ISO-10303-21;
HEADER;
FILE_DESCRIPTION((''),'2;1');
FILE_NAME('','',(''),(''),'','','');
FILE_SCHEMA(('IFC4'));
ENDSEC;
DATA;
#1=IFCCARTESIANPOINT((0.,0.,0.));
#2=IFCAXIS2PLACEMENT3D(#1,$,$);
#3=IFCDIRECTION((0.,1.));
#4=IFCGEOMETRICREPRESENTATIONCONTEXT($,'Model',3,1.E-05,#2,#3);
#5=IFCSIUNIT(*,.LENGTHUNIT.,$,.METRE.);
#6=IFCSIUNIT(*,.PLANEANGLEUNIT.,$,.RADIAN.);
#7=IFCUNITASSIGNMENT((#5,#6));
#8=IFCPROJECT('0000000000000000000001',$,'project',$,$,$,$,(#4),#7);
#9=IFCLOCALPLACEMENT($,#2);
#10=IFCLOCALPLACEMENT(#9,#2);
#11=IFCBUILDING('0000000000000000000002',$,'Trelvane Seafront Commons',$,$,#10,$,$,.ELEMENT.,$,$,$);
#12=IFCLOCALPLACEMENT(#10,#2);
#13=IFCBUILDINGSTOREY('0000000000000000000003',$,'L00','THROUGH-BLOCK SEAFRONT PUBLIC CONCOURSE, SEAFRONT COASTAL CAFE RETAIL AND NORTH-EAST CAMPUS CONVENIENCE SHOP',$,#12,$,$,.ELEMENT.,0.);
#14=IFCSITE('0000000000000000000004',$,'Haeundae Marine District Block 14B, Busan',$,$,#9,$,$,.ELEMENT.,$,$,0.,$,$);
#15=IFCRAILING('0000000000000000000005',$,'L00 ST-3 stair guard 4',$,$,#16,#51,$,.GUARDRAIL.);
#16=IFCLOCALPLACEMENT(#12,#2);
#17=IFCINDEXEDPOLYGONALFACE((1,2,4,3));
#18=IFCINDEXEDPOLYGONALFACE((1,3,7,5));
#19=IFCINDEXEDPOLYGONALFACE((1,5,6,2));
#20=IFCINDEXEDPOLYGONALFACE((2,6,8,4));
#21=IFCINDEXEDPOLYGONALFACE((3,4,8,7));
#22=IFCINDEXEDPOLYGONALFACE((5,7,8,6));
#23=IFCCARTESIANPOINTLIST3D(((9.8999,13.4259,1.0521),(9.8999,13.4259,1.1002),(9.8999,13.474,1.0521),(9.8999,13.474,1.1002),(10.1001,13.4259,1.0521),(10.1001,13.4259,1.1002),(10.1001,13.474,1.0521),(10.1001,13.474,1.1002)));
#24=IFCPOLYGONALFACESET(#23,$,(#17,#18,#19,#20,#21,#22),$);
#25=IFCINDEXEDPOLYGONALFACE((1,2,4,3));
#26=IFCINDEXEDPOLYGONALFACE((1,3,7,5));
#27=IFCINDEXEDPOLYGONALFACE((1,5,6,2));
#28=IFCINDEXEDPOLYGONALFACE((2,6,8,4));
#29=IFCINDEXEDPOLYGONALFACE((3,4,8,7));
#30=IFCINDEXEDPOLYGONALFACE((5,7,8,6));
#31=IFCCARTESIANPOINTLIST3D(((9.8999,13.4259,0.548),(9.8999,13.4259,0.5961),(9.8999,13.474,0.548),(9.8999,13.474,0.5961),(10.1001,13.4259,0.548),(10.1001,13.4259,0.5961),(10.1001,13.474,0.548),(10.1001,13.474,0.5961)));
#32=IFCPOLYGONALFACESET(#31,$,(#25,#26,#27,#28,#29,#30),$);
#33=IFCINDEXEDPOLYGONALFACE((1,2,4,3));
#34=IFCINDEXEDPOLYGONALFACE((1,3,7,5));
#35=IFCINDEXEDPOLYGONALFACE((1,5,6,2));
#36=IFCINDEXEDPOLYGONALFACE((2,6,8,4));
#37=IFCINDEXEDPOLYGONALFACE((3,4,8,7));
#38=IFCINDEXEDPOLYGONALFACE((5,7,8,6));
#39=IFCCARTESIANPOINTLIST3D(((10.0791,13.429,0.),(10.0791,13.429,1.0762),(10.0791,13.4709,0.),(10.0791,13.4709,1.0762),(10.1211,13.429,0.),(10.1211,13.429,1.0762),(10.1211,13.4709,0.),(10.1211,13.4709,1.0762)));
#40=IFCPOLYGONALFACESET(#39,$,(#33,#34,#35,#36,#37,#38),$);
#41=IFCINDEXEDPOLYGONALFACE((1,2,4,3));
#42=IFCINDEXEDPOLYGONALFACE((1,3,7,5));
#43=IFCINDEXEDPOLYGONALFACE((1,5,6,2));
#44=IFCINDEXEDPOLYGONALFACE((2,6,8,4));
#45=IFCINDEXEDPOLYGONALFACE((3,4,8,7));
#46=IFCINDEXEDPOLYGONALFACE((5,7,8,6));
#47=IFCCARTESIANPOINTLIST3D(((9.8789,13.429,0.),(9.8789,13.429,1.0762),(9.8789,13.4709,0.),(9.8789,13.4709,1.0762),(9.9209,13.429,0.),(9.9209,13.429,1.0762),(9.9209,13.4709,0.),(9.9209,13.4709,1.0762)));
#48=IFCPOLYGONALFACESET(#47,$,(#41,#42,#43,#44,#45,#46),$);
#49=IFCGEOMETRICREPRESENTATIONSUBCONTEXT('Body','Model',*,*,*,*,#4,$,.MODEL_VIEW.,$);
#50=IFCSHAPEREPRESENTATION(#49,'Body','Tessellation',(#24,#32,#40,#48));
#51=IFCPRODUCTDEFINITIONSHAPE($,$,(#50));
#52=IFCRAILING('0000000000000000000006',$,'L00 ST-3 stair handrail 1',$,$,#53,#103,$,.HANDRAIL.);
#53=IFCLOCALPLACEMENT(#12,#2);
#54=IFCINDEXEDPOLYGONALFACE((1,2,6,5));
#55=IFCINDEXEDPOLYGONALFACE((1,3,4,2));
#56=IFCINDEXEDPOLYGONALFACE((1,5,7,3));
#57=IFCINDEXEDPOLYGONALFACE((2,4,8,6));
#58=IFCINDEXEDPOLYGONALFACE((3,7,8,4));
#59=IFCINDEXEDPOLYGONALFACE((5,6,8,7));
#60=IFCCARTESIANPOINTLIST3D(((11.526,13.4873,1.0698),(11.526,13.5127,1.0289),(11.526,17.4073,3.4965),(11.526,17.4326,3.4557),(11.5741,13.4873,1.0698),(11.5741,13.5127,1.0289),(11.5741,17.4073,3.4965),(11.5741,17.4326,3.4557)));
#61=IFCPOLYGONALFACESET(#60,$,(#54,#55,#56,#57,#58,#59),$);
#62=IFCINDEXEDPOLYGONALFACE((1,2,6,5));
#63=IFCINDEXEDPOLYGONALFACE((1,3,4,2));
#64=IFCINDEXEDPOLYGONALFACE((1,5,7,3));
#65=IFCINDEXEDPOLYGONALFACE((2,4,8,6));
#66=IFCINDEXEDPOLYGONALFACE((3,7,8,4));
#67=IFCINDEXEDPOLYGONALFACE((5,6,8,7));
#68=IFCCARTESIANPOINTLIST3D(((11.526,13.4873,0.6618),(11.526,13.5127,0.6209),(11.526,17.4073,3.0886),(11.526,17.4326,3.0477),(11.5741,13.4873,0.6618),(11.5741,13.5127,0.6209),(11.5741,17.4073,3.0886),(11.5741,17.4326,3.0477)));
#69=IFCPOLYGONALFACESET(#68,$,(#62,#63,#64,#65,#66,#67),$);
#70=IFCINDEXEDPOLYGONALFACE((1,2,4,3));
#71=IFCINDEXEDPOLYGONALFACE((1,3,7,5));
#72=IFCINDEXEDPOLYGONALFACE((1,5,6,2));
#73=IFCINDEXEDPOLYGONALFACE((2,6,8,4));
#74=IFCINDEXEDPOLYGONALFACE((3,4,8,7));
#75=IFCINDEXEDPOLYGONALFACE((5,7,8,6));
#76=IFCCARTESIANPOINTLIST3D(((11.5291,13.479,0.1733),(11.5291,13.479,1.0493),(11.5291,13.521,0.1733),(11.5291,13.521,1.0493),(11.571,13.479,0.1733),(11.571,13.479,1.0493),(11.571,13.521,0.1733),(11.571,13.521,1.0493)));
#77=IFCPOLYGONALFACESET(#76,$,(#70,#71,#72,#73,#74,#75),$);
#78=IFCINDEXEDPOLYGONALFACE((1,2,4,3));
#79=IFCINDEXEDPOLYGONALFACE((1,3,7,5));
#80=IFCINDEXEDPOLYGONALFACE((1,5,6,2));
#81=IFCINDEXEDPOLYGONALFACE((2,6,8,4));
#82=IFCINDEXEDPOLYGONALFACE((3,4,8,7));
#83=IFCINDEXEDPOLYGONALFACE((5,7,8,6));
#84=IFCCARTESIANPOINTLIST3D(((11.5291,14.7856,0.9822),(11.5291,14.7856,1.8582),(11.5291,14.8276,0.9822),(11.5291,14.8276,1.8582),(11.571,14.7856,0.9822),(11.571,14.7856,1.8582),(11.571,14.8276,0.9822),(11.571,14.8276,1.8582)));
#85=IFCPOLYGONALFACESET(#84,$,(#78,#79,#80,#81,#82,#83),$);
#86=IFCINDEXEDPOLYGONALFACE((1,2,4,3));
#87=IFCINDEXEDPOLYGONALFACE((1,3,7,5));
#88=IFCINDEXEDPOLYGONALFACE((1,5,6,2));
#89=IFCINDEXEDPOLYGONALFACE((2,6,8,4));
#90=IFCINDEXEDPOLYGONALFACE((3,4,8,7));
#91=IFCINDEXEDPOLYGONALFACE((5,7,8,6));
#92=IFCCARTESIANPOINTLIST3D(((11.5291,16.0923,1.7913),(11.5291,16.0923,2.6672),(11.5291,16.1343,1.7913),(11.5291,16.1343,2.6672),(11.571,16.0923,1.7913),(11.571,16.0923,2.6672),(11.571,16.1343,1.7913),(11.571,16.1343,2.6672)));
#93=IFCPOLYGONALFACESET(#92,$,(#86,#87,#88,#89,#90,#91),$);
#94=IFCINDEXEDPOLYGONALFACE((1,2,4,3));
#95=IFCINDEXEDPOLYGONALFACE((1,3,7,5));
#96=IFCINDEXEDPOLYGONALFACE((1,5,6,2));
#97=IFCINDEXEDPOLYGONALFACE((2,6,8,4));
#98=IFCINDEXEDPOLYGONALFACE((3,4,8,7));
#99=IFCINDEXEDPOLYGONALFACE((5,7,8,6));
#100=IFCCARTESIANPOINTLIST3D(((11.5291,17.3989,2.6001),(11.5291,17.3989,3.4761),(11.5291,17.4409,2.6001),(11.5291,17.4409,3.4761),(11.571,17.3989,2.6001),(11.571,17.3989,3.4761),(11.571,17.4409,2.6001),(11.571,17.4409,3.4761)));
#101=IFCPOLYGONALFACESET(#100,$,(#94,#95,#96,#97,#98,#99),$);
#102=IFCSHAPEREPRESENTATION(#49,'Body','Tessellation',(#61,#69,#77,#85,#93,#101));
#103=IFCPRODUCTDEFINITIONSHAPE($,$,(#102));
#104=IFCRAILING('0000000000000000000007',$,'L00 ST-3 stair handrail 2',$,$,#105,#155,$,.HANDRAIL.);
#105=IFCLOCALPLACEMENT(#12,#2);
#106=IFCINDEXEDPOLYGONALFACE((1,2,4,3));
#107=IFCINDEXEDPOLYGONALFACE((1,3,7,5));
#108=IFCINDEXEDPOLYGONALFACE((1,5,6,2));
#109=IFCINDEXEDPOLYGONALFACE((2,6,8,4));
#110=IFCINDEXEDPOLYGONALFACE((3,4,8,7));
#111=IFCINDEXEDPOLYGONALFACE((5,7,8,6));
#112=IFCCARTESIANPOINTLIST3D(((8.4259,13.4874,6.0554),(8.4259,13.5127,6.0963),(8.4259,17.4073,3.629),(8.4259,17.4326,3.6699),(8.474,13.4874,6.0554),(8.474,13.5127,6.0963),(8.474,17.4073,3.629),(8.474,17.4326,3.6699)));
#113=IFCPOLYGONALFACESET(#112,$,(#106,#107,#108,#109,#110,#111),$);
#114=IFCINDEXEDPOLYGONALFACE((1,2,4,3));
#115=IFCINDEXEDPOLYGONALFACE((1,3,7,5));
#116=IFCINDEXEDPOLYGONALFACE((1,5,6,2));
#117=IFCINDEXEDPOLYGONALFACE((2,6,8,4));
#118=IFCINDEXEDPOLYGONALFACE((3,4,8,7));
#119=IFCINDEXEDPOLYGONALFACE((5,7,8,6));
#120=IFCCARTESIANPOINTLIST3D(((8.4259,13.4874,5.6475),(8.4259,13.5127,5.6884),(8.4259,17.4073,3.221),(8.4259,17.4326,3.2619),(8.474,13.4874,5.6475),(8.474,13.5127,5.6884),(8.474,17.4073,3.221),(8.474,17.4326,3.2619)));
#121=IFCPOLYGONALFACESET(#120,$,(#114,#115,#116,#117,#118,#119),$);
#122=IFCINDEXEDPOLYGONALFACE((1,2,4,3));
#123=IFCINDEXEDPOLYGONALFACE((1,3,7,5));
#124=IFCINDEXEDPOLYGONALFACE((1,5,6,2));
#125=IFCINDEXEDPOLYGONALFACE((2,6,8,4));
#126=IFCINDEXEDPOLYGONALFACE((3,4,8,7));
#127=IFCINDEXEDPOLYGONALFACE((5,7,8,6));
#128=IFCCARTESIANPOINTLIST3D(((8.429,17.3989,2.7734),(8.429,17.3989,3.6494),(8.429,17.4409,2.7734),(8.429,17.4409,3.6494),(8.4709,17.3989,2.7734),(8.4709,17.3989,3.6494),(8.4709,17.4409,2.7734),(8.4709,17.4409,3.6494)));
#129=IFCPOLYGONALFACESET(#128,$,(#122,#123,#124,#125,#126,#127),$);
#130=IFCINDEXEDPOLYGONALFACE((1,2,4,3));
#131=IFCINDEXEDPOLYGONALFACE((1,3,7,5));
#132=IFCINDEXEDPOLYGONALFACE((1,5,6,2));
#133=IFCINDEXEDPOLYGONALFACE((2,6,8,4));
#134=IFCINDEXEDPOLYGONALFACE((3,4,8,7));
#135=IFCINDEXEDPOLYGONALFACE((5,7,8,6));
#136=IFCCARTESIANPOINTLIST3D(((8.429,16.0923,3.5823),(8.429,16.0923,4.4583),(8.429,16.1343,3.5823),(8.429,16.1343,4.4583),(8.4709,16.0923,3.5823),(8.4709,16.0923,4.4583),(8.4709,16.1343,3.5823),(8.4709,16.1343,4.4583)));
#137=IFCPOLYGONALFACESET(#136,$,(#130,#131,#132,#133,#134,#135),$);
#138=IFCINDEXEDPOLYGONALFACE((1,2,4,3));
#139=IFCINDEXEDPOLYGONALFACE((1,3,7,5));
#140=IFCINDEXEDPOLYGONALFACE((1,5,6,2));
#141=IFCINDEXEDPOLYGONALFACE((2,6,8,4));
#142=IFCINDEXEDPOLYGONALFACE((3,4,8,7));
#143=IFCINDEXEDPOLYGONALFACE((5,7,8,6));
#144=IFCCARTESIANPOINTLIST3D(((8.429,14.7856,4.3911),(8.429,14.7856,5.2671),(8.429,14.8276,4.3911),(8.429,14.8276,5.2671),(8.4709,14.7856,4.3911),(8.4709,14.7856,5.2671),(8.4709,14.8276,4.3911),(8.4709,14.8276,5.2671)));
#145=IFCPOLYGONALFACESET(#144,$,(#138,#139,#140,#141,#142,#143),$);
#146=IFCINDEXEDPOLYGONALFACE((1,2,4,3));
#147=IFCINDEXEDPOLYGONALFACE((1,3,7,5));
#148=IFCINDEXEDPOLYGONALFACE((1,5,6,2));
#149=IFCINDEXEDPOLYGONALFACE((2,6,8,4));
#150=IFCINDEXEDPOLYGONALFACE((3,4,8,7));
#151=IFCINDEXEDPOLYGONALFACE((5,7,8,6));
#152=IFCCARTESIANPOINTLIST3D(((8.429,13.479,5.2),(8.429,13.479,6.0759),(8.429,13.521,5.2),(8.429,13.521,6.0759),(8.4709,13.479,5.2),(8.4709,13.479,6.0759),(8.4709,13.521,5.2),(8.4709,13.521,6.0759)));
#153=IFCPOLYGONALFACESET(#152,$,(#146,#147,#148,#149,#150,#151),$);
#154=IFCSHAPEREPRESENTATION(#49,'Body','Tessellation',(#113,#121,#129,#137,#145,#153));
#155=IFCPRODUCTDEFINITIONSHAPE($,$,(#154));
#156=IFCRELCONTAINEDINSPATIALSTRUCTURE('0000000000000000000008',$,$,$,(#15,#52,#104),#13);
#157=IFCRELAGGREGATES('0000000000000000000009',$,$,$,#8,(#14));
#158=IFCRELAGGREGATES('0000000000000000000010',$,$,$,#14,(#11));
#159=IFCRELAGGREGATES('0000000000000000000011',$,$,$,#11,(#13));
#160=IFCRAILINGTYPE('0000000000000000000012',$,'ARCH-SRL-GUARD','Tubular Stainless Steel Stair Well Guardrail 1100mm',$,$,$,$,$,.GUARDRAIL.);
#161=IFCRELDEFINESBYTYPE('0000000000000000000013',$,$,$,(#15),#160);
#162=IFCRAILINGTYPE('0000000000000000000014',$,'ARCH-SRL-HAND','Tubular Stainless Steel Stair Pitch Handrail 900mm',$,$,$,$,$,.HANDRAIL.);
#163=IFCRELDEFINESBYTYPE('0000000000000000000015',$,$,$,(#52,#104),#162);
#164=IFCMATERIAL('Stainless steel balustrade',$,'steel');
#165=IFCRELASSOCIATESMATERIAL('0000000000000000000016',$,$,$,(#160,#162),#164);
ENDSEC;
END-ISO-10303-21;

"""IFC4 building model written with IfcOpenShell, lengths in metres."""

from ifc_helpers import new_model, si_unit, direction, frame, origin, origin_2d, place, context, subcontext, project, spatial, rectangle, extrude, material, type_object, element, save


model = new_model("IFC4")

# Units and contexts
model_context = context("Model", 3, precision=1e-05, world=origin(), true_north=direction((0.0, 1.0)))
body_context = subcontext(model_context, "Body", "Model", "MODEL_VIEW")
ifc_project = project(units=[si_unit("LENGTHUNIT", "METRE"), si_unit("PLANEANGLEUNIT", "RADIAN")], contexts=[model_context])

# Site, building, storey
site_placement = place(None, origin())
site = spatial("IfcSite", under=ifc_project, at=site_placement, Name="Haeundae Marine District Block 14B, Busan", CompositionType="ELEMENT", RefElevation=0.0)
building_placement = place(site_placement, origin())
building = spatial("IfcBuilding", under=site, at=building_placement, Name="Trelvane Seafront Commons", CompositionType="ELEMENT")
storey_placement = place(building_placement, origin())
storey = spatial("IfcBuildingStorey", under=building, at=storey_placement, Name="L00", Description="THROUGH-BLOCK SEAFRONT PUBLIC CONCOURSE, SEAFRONT COASTAL CAFE RETAIL AND NORTH-EAST CAMPUS CONVENIENCE SHOP", CompositionType="ELEMENT", Elevation=0.0)

# Railings
ifc_material_1 = material(Name="Stainless steel balustrade", Category="steel")
railing_type_1 = type_object("IfcRailingType", Name="ARCH-SRL-GUARD", Description="Tubular Stainless Steel Stair Well Guardrail 1100mm", PredefinedType="GUARDRAIL", material=ifc_material_1)
railing_1_placement = place(storey_placement, frame((10.1001, 13.45, 0.0)))
element("IfcRailing", 1, at=railing_1_placement, inside=storey, type_object=railing_type_1, Name="L00 ST-3 stair guard 4", PredefinedType="GUARDRAIL", context=body_context, shape_type="SweptSolid", body=[
    extrude(rectangle(XDim=0.0481, YDim=0.0481, at=origin_2d()), frame((0.0, 0.0, 1.0762), z_axis=(-1.0, 0.0, 0.0), x_axis=(0.0, -1.0, 0.0)), (0.0, 0.0, 1.0), 0.2002),
    extrude(rectangle(XDim=0.0481, YDim=0.0481, at=origin_2d()), frame((0.0, 0.0, 0.572), z_axis=(-1.0, 0.0, 0.0), x_axis=(0.0, -1.0, 0.0)), (0.0, 0.0, 1.0), 0.2002),
    extrude(rectangle(XDim=0.042, YDim=0.042, at=origin_2d()), origin(), (0.0, 0.0, 1.0), 1.0762),
    extrude(rectangle(XDim=0.042, YDim=0.042, at=origin_2d()), frame((-0.2002, 0.0, 0.0)), (0.0, 0.0, 1.0), 1.0762),
])
railing_type_2 = type_object("IfcRailingType", Name="ARCH-SRL-HAND", Description="Tubular Stainless Steel Stair Pitch Handrail 900mm", PredefinedType="HANDRAIL", material=ifc_material_1)
railing_2_placement = place(storey_placement, frame((11.55, 13.5, 0.1733)))
element("IfcRailing", 2, at=railing_2_placement, inside=storey, type_object=railing_type_2, Name="L00 ST-3 stair handrail 1", PredefinedType="HANDRAIL", context=body_context, shape_type="SweptSolid", body=[
    extrude(rectangle(XDim=0.0481, YDim=0.0481, at=origin_2d()), frame((0.0, 0.0, 0.876), z_axis=(0.0, 0.850252, 0.526376), x_axis=(-1.0, 0.0, 0.0)), (0.0, 0.0, 1.0), 4.6104),
    extrude(rectangle(XDim=0.0481, YDim=0.0481, at=origin_2d()), frame((0.0, 0.0, 0.468), z_axis=(0.0, 0.850252, 0.526376), x_axis=(-1.0, 0.0, 0.0)), (0.0, 0.0, 1.0), 4.6104),
    extrude(rectangle(XDim=0.042, YDim=0.042, at=origin_2d()), origin(), (0.0, 0.0, 1.0), 0.876),
    extrude(rectangle(XDim=0.042, YDim=0.042, at=origin_2d()), frame((0.0, 1.3066, 0.8088)), (0.0, 0.0, 1.0), 0.876),
    extrude(rectangle(XDim=0.042, YDim=0.042, at=origin_2d()), frame((0.0, 2.6133, 1.6179)), (0.0, 0.0, 1.0), 0.876),
    extrude(rectangle(XDim=0.042, YDim=0.042, at=origin_2d()), frame((0.0, 3.9199, 2.4268)), (0.0, 0.0, 1.0), 0.876),
])
railing_3_placement = place(storey_placement, frame((8.45, 17.4199, 2.7734)))
element("IfcRailing", 3, at=railing_3_placement, inside=storey, type_object=railing_type_2, Name="L00 ST-3 stair handrail 2", PredefinedType="HANDRAIL", context=body_context, shape_type="SweptSolid", body=[
    extrude(rectangle(XDim=0.0481, YDim=0.0481, at=origin_2d()), frame((0.0, 0.0, 0.876), z_axis=(0.0, -0.850275, 0.526338), x_axis=(1.0, 0.0, 0.0)), (0.0, 0.0, 1.0), 4.6101),
    extrude(rectangle(XDim=0.0481, YDim=0.0481, at=origin_2d()), frame((0.0, 0.0, 0.468), z_axis=(0.0, -0.850275, 0.526338), x_axis=(1.0, 0.0, 0.0)), (0.0, 0.0, 1.0), 4.6101),
    extrude(rectangle(XDim=0.042, YDim=0.042, at=origin_2d()), origin(), (0.0, 0.0, 1.0), 0.876),
    extrude(rectangle(XDim=0.042, YDim=0.042, at=origin_2d()), frame((0.0, -1.3066, 0.8088)), (0.0, 0.0, 1.0), 0.876),
    extrude(rectangle(XDim=0.042, YDim=0.042, at=origin_2d()), frame((0.0, -2.6133, 1.6177)), (0.0, 0.0, 1.0), 0.876),
    extrude(rectangle(XDim=0.042, YDim=0.042, at=origin_2d()), frame((0.0, -3.9199, 2.4265)), (0.0, 0.0, 1.0), 0.876),
])

save(model, "model.ifc")
